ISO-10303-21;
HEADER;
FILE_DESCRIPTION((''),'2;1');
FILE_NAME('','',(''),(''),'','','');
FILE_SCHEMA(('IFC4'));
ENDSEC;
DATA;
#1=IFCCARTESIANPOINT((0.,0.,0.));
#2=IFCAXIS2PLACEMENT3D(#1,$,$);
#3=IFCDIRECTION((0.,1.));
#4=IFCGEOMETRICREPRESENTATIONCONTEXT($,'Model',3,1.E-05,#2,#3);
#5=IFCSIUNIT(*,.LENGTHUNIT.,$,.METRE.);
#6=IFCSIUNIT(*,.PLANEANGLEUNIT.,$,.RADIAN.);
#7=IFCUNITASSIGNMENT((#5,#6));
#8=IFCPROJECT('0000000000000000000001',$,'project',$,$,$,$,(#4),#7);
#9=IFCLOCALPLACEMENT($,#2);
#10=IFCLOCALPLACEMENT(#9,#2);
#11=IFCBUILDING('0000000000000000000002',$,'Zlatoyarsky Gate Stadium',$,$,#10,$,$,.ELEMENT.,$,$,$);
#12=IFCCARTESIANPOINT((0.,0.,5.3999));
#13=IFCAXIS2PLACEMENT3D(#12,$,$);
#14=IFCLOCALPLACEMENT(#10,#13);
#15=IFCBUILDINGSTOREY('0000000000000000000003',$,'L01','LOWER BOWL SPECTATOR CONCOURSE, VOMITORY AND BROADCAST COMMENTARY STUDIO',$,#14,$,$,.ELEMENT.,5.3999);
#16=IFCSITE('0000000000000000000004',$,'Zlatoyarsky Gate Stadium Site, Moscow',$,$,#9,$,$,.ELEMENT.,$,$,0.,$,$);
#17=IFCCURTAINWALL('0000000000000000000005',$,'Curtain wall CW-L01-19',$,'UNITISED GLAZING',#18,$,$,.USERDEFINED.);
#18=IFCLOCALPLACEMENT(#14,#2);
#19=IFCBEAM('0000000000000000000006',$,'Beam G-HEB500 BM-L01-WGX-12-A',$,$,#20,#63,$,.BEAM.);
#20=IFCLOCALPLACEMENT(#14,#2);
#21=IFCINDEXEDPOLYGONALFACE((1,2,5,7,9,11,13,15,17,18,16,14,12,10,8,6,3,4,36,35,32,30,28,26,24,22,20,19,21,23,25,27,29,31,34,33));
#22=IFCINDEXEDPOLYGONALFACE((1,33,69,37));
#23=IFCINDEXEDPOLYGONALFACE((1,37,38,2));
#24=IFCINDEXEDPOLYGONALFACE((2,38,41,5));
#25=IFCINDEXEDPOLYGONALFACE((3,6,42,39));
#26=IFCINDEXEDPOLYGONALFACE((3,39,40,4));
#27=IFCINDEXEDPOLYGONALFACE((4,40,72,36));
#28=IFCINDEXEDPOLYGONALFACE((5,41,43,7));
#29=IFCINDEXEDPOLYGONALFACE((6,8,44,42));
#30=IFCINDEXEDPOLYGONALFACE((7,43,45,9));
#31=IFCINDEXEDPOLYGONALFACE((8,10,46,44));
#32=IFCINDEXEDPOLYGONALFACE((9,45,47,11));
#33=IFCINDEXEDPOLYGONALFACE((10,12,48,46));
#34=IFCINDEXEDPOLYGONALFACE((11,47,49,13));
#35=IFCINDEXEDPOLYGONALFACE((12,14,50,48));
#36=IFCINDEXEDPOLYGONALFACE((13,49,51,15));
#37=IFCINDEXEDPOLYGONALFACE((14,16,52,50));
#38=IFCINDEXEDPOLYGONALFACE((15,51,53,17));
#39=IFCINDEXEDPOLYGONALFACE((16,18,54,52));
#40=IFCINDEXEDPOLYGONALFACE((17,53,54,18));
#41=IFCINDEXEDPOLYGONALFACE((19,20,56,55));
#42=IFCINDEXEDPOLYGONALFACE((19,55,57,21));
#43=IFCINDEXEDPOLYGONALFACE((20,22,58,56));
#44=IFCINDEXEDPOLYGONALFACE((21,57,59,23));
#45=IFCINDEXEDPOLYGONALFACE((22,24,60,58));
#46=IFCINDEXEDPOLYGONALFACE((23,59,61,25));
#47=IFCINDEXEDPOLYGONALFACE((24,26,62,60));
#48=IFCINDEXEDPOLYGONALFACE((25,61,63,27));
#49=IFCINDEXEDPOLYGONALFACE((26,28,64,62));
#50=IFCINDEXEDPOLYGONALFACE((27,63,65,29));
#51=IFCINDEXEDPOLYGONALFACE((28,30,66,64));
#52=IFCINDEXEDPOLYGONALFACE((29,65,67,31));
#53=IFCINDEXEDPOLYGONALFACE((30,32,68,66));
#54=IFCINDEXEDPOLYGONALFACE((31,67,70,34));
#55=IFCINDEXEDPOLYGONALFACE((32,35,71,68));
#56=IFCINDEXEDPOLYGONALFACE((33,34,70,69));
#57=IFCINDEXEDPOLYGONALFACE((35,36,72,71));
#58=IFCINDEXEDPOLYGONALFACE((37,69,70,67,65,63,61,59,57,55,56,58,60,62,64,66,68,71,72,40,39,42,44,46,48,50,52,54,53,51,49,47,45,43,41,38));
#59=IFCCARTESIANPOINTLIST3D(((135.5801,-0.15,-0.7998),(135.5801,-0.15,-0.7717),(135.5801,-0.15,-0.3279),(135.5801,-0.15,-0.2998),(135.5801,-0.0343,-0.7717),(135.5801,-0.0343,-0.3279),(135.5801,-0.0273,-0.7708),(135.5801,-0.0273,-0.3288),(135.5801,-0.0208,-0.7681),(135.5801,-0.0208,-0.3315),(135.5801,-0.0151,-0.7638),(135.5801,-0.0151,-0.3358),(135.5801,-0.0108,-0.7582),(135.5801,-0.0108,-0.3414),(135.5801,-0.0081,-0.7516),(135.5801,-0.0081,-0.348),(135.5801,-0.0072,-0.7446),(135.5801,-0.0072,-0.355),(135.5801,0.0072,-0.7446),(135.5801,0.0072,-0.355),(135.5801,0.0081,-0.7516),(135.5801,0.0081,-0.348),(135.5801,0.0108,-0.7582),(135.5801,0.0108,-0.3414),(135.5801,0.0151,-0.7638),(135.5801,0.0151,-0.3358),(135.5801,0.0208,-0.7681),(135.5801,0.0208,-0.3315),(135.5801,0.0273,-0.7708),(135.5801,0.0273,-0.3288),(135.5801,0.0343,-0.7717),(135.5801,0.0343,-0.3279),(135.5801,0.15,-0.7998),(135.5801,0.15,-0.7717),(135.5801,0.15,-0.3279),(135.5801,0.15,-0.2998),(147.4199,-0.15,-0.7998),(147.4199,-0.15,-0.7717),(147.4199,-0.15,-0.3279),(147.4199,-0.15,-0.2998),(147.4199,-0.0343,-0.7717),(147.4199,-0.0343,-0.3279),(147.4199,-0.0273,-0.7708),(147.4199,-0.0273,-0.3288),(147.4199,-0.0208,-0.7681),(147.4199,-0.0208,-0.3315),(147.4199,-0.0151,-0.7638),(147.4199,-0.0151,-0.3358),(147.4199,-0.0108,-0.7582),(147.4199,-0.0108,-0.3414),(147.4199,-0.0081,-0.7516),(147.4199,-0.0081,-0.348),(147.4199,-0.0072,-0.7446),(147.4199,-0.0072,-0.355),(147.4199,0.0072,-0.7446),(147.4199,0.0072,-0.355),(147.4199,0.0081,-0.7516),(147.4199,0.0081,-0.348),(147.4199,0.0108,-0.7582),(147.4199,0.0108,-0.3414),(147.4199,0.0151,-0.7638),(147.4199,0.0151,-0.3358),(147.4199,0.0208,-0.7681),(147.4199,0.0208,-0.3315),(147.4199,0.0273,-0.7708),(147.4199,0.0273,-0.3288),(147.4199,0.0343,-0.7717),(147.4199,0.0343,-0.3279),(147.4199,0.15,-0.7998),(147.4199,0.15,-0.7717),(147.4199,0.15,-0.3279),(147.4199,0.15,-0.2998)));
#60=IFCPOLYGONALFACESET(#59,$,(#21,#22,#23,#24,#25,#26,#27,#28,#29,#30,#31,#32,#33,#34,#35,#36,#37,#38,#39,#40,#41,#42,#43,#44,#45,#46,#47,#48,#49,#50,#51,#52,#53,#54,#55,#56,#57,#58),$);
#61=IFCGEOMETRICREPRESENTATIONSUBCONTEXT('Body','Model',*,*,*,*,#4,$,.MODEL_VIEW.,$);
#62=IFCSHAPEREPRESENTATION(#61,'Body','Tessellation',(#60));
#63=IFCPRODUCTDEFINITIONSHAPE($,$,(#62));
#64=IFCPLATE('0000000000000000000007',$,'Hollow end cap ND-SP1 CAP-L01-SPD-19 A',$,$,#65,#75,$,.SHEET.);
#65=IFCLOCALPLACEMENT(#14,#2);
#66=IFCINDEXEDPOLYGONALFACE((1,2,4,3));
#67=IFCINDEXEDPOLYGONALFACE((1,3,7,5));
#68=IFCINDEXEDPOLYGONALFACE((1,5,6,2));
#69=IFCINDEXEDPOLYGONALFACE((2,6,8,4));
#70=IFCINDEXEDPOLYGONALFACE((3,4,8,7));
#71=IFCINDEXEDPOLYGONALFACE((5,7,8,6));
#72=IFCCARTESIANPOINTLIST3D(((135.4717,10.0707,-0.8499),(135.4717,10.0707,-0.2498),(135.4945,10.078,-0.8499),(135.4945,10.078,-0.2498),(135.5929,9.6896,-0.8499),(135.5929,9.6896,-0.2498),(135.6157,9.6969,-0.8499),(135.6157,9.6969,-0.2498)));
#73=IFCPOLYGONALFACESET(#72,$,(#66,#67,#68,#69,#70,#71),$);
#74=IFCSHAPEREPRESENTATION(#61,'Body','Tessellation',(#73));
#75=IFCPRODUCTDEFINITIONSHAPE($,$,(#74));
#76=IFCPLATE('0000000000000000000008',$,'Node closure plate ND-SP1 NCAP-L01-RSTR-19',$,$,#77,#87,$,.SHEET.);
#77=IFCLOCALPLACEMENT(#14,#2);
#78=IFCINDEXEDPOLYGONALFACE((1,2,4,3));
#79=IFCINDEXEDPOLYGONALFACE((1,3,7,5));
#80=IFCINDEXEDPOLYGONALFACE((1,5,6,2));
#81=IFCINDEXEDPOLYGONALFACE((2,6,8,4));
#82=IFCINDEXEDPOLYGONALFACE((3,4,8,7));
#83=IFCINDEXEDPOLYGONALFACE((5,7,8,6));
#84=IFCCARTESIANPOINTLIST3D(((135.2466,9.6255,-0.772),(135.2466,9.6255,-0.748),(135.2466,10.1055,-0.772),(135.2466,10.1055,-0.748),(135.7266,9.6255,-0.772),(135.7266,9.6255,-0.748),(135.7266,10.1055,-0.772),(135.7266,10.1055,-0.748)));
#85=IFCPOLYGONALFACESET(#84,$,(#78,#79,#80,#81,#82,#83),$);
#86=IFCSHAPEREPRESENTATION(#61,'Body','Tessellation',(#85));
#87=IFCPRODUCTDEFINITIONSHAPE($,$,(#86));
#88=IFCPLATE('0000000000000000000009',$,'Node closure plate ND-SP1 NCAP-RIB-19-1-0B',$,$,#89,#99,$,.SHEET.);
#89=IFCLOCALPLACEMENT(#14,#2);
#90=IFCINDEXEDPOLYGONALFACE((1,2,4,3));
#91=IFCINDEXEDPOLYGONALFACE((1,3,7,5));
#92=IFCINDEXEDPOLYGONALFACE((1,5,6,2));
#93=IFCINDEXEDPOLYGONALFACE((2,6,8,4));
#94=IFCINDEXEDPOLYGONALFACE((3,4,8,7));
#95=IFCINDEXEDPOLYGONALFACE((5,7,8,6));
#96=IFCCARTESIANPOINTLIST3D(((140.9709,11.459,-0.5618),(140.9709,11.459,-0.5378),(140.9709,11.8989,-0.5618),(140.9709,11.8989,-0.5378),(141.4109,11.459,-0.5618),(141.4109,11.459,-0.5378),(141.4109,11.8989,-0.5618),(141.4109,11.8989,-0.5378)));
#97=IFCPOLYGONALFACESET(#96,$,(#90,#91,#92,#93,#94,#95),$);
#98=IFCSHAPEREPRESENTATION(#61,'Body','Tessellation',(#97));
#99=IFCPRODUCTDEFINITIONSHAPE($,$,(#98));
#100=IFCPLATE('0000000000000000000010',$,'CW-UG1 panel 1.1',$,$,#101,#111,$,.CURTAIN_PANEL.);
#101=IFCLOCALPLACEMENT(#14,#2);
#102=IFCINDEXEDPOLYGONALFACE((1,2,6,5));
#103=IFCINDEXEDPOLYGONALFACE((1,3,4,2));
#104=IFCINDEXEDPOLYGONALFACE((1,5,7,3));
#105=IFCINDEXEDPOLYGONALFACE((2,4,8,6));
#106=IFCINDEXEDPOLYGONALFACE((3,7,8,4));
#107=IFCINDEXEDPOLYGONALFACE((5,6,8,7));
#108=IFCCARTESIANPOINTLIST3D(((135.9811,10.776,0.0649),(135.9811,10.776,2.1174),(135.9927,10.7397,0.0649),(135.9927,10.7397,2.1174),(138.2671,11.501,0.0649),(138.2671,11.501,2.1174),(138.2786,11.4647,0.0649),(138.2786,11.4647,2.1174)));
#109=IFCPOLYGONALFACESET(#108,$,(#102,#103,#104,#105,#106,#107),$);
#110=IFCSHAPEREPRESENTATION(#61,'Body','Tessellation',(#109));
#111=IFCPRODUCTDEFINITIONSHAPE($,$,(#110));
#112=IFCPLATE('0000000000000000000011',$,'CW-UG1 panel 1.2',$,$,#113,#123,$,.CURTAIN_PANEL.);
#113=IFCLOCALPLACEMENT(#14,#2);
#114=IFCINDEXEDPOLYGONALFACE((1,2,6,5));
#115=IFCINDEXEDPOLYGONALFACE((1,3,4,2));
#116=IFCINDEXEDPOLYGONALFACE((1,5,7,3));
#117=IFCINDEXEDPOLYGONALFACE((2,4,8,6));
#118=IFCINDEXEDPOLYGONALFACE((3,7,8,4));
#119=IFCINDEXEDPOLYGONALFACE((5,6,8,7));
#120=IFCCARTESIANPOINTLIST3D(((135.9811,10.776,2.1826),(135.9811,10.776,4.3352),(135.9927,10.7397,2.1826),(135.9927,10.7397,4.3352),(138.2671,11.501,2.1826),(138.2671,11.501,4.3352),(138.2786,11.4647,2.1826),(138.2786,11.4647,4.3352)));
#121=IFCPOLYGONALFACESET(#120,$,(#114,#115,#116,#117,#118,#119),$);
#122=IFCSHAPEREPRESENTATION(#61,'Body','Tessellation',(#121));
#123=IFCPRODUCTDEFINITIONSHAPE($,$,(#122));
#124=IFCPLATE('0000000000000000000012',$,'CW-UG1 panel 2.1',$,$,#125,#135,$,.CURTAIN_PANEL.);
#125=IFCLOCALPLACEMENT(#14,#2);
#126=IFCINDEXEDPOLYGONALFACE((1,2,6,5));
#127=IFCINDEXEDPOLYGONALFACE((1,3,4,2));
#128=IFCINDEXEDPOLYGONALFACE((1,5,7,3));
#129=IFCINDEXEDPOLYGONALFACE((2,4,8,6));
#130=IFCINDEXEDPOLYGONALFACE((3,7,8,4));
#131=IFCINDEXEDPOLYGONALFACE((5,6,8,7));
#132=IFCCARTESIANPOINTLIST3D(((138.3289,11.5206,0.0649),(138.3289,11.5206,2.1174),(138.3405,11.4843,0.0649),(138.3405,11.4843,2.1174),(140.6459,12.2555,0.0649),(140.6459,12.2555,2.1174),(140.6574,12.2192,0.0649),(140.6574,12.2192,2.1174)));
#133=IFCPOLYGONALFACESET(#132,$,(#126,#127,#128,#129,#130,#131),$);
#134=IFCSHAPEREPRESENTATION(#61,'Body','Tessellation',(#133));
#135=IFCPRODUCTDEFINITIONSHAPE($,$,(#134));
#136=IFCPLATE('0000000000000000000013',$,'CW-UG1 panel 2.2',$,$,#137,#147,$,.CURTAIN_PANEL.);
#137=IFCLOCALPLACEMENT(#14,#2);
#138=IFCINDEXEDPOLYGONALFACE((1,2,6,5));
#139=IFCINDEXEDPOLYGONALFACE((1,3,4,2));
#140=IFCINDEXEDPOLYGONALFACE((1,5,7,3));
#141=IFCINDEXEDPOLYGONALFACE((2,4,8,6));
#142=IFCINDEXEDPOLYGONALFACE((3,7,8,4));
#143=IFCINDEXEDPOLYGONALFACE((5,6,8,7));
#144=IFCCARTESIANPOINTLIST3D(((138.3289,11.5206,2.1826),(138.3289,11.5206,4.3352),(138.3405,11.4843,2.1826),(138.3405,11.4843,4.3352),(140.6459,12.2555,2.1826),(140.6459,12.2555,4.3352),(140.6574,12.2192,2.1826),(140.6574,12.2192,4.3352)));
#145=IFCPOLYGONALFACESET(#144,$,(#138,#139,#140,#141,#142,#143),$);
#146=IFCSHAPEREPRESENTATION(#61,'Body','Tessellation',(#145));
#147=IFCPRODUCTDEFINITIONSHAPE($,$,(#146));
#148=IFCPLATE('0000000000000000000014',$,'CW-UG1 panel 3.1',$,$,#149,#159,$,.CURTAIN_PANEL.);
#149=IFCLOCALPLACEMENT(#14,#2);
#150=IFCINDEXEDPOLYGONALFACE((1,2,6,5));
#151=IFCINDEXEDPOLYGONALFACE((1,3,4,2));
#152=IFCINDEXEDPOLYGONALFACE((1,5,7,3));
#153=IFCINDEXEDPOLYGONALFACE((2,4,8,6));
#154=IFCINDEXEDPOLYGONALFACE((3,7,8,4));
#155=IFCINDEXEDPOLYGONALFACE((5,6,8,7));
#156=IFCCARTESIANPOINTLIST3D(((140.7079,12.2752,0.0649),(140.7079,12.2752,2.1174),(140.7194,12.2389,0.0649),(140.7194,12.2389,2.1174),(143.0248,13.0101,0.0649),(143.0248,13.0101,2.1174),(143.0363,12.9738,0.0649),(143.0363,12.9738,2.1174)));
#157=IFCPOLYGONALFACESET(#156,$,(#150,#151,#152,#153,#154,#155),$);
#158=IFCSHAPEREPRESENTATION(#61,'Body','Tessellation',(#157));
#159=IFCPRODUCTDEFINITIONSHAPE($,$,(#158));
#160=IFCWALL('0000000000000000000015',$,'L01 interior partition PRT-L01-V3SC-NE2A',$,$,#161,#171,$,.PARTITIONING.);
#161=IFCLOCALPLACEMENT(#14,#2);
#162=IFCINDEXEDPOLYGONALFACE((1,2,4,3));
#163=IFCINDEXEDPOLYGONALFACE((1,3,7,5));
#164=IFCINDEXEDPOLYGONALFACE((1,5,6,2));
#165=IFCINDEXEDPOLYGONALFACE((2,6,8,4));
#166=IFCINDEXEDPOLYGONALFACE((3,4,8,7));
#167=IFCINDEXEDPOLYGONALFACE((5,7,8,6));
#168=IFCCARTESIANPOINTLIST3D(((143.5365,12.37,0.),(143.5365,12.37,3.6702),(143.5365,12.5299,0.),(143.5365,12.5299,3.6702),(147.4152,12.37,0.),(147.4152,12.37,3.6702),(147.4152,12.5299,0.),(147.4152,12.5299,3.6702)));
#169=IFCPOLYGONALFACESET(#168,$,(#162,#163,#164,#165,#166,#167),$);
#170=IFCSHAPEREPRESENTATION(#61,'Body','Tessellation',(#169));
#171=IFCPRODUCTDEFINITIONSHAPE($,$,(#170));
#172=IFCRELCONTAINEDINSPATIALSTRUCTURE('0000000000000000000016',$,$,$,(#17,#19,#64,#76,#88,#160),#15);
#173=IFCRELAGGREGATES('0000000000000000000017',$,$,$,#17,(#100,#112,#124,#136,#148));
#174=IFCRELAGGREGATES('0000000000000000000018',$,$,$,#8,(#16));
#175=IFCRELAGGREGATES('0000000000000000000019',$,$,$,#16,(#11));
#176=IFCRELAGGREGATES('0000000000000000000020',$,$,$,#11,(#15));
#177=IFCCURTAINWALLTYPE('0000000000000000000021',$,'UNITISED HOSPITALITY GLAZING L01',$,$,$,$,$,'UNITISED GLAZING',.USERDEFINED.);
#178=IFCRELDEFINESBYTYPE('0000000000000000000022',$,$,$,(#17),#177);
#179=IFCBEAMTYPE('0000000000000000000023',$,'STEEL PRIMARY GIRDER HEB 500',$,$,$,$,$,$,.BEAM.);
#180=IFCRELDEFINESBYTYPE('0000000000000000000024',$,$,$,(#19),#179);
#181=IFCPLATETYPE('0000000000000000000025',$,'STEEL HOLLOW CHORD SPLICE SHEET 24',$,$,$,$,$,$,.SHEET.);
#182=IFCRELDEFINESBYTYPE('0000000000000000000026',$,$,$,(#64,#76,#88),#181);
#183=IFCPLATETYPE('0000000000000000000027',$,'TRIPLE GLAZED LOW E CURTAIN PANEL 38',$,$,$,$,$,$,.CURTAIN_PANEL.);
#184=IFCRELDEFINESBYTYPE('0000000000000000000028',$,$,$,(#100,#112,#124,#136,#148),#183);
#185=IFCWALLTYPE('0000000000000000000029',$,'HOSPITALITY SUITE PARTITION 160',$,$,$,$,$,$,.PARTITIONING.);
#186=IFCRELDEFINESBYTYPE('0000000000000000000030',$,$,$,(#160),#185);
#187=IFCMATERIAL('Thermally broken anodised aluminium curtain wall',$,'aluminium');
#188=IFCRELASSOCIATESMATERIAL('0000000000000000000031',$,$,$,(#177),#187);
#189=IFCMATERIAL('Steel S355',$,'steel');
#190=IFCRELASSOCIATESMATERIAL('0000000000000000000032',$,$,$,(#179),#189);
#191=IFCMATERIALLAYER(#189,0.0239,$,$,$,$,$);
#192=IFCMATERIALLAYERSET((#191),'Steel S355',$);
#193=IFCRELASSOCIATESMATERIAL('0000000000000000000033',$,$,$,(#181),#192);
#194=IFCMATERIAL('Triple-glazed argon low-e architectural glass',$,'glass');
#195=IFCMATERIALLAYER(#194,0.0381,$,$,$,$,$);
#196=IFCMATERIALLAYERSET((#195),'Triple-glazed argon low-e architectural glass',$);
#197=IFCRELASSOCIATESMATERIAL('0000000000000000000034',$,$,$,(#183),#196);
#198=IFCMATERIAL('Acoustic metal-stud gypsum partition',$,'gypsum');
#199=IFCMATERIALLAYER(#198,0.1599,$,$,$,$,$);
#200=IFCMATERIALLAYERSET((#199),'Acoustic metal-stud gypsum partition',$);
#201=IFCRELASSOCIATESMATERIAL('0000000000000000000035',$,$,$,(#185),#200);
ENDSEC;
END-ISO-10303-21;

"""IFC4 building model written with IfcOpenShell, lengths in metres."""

from ifc_helpers import new_model, si_unit, direction, frame, frame_2d, origin, origin_2d, place, context, subcontext, project, spatial, rectangle, i_section, extrude, material, layer, layer_set, material_profile, profile_set, type_object, element, aggregate, save


model = new_model("IFC4")

# Units and contexts
model_context = context("Model", 3, precision=1e-05, world=origin(), true_north=direction((0.0, 1.0)))
body_context = subcontext(model_context, "Body", "Model", "MODEL_VIEW")
ifc_project = project(units=[si_unit("LENGTHUNIT", "METRE"), si_unit("PLANEANGLEUNIT", "RADIAN")], contexts=[model_context])

# Site, building, storey
site_placement = place(None, origin())
site = spatial("IfcSite", under=ifc_project, at=site_placement, Name="Zlatoyarsky Gate Stadium Site, Moscow", CompositionType="ELEMENT", RefElevation=0.0)
building_placement = place(site_placement, origin())
building = spatial("IfcBuilding", under=site, at=building_placement, Name="Zlatoyarsky Gate Stadium", CompositionType="ELEMENT")
storey_placement = place(building_placement, frame((0.0, 0.0, 5.3999)))
storey = spatial("IfcBuildingStorey", under=building, at=storey_placement, Name="L01", Description="LOWER BOWL SPECTATOR CONCOURSE, VOMITORY AND BROADCAST COMMENTARY STUDIO", CompositionType="ELEMENT", Elevation=5.3999)

# Shared definitions
ifc_material_1 = material(Name="Steel S355", Category="steel")

# Curtain wall
ifc_material_2 = material(Name="Thermally broken anodised aluminium curtain wall", Category="aluminium")
curtain_wall_type = type_object("IfcCurtainWallType", Name="UNITISED HOSPITALITY GLAZING L01", ElementType="UNITISED GLAZING", PredefinedType="USERDEFINED", material=ifc_material_2)
curtain_wall_placement = place(storey_placement, origin())
curtain_wall = element("IfcCurtainWall", 1, at=curtain_wall_placement, inside=storey, type_object=curtain_wall_type, Name="Curtain wall CW-L01-19", ObjectType="UNITISED GLAZING", PredefinedType="USERDEFINED")

# Beam
ifc_material_profile_1 = material_profile(ifc_material_1, i_section(OverallWidth=0.3, OverallDepth=0.5, WebThickness=0.0144, FlangeThickness=0.0281, FilletRadius=0.0271, at=origin_2d()), Name="HEB 500")
ifc_profile_set_1 = profile_set([ifc_material_profile_1], Name="Steel S355")
beam_type_1 = type_object("IfcBeamType", Name="STEEL PRIMARY GIRDER HEB 500", PredefinedType="BEAM", material=ifc_profile_set_1)
beam_1_placement = place(storey_placement, frame((135.5801, 0.0, -0.5498), z_axis=(1.0, 0.0, 0.0), x_axis=(0.0, 1.0, 0.0)))
element("IfcBeam", 2, at=beam_1_placement, inside=storey, type_object=beam_type_1, Name="Beam G-HEB500 BM-L01-WGX-12-A", PredefinedType="BEAM", context=body_context, shape_type="SweptSolid", body=[
    extrude(i_section(OverallWidth=0.3, OverallDepth=0.5, WebThickness=0.0144, FlangeThickness=0.0281, FilletRadius=0.0271, at=origin_2d()), origin(), (0.0, 0.0, 1.0), 11.8398),
])

# Plates
ifc_layer_1 = layer(ifc_material_1, 0.0239)
ifc_layer_set_1 = layer_set([ifc_layer_1], Name="Steel S355")
plate_type_1 = type_object("IfcPlateType", Name="STEEL HOLLOW CHORD SPLICE SHEET 24", PredefinedType="SHEET", material=ifc_layer_set_1)
plate_1_placement = place(storey_placement, frame((135.5437, 9.8838, -0.8499), z_axis=(0.0, 0.0, 1.0), x_axis=(0.953006, 0.302953, 0.0)))
element("IfcPlate", 3, at=plate_1_placement, inside=storey, type_object=plate_type_1, Name="Hollow end cap ND-SP1 CAP-L01-SPD-19 A", PredefinedType="SHEET", context=body_context, shape_type="SweptSolid", body=[
    extrude(rectangle(XDim=0.0239, YDim=0.3999, at=origin_2d()), origin(), (0.0, 0.0, 1.0), 0.6001),
])
plate_2_placement = place(storey_placement, frame((135.4866, 9.8655, -0.772), z_axis=(0.0, 0.0, 1.0), x_axis=(1.0, 0.0, 0.0)))
element("IfcPlate", 4, at=plate_2_placement, inside=storey, type_object=plate_type_1, Name="Node closure plate ND-SP1 NCAP-L01-RSTR-19", PredefinedType="SHEET", context=body_context, shape_type="SweptSolid", body=[
    extrude(rectangle(XDim=0.48, YDim=0.48, at=origin_2d()), origin(), (0.0, 0.0, 1.0), 0.0239),
])
plate_3_placement = place(storey_placement, frame((141.1909, 11.679, -0.5618), z_axis=(0.0, 0.0, 1.0), x_axis=(1.0, 0.0, 0.0)))
element("IfcPlate", 5, at=plate_3_placement, inside=storey, type_object=plate_type_1, Name="Node closure plate ND-SP1 NCAP-RIB-19-1-0B", PredefinedType="SHEET", context=body_context, shape_type="SweptSolid", body=[
    extrude(rectangle(XDim=0.4399, YDim=0.4399, at=origin_2d()), origin(), (0.0, 0.0, 1.0), 0.0239),
])

# Plates
ifc_material_3 = material(Name="Triple-glazed argon low-e architectural glass", Category="glass")
ifc_layer_2 = layer(ifc_material_3, 0.0381)
ifc_layer_set_2 = layer_set([ifc_layer_2], Name="Triple-glazed argon low-e architectural glass")
plate_type_2 = type_object("IfcPlateType", Name="TRIPLE GLAZED LOW E CURTAIN PANEL 38", PredefinedType="CURTAIN_PANEL", material=ifc_layer_set_2)
plate_4_placement = place(storey_placement, frame((137.1299, 11.1204, 0.0649), z_axis=(0.0, 0.0, 1.0), x_axis=(0.953202, 0.302334, 0.0)))
plate_4 = element("IfcPlate", 6, at=plate_4_placement, type_object=plate_type_2, Name="CW-UG1 panel 1.1", PredefinedType="CURTAIN_PANEL", context=body_context, shape_type="SweptSolid", body=[
    extrude(rectangle(XDim=2.3982, YDim=0.0381, at=origin_2d()), origin(), (0.0, 0.0, 1.0), 2.0525),
])
plate_5_placement = place(storey_placement, frame((137.1299, 11.1204, 2.1826), z_axis=(0.0, 0.0, 1.0), x_axis=(0.953202, 0.302334, 0.0)))
plate_5 = element("IfcPlate", 7, at=plate_5_placement, type_object=plate_type_2, Name="CW-UG1 panel 1.2", PredefinedType="CURTAIN_PANEL", context=body_context, shape_type="SweptSolid", body=[
    extrude(rectangle(XDim=2.3982, YDim=0.0381, at=origin_2d()), origin(), (0.0, 0.0, 1.0), 2.1526),
])
plate_6_placement = place(storey_placement, frame((139.4932, 11.8699, 0.0649), z_axis=(0.0, 0.0, 1.0), x_axis=(0.953202, 0.302334, 0.0)))
plate_6 = element("IfcPlate", 8, at=plate_6_placement, type_object=plate_type_2, Name="CW-UG1 panel 2.1", PredefinedType="CURTAIN_PANEL", context=body_context, shape_type="SweptSolid", body=[
    extrude(rectangle(XDim=2.4307, YDim=0.0381, at=origin_2d()), origin(), (0.0, 0.0, 1.0), 2.0525),
])
plate_7_placement = place(storey_placement, frame((139.4932, 11.8699, 2.1826), z_axis=(0.0, 0.0, 1.0), x_axis=(0.953202, 0.302334, 0.0)))
plate_7 = element("IfcPlate", 9, at=plate_7_placement, type_object=plate_type_2, Name="CW-UG1 panel 2.2", PredefinedType="CURTAIN_PANEL", context=body_context, shape_type="SweptSolid", body=[
    extrude(rectangle(XDim=2.4307, YDim=0.0381, at=origin_2d()), origin(), (0.0, 0.0, 1.0), 2.1526),
])
plate_8_placement = place(storey_placement, frame((141.8721, 12.6245, 0.0649), z_axis=(0.0, 0.0, 1.0), x_axis=(0.953202, 0.302334, 0.0)))
plate_8 = element("IfcPlate", 10, at=plate_8_placement, type_object=plate_type_2, Name="CW-UG1 panel 3.1", PredefinedType="CURTAIN_PANEL", context=body_context, shape_type="SweptSolid", body=[
    extrude(rectangle(XDim=2.4307, YDim=0.0381, at=origin_2d()), origin(), (0.0, 0.0, 1.0), 2.0525),
])
aggregate(curtain_wall, [plate_4, plate_5, plate_6, plate_7, plate_8])

# Wall
ifc_material_4 = material(Name="Acoustic metal-stud gypsum partition", Category="gypsum")
ifc_layer_3 = layer(ifc_material_4, 0.1599)
ifc_layer_set_3 = layer_set([ifc_layer_3], Name="Acoustic metal-stud gypsum partition")
wall_type_1 = type_object("IfcWallType", Name="HOSPITALITY SUITE PARTITION 160", PredefinedType="PARTITIONING", material=ifc_layer_set_3)
wall_1_placement = place(storey_placement, frame((143.5364, 12.45, 0.0), z_axis=(0.0, 0.0, 1.0), x_axis=(1.0, 0.0, 0.0)))
element("IfcWall", 11, at=wall_1_placement, inside=storey, type_object=wall_type_1, Name="L01 interior partition PRT-L01-V3SC-NE2A", PredefinedType="PARTITIONING", context=body_context, shape_type="SweptSolid", body=[
    extrude(rectangle(XDim=3.8787, YDim=0.1599, at=frame_2d((1.9395, 0.0))), origin(), (0.0, 0.0, 1.0), 3.6702),
])

save(model, "model.ifc")
